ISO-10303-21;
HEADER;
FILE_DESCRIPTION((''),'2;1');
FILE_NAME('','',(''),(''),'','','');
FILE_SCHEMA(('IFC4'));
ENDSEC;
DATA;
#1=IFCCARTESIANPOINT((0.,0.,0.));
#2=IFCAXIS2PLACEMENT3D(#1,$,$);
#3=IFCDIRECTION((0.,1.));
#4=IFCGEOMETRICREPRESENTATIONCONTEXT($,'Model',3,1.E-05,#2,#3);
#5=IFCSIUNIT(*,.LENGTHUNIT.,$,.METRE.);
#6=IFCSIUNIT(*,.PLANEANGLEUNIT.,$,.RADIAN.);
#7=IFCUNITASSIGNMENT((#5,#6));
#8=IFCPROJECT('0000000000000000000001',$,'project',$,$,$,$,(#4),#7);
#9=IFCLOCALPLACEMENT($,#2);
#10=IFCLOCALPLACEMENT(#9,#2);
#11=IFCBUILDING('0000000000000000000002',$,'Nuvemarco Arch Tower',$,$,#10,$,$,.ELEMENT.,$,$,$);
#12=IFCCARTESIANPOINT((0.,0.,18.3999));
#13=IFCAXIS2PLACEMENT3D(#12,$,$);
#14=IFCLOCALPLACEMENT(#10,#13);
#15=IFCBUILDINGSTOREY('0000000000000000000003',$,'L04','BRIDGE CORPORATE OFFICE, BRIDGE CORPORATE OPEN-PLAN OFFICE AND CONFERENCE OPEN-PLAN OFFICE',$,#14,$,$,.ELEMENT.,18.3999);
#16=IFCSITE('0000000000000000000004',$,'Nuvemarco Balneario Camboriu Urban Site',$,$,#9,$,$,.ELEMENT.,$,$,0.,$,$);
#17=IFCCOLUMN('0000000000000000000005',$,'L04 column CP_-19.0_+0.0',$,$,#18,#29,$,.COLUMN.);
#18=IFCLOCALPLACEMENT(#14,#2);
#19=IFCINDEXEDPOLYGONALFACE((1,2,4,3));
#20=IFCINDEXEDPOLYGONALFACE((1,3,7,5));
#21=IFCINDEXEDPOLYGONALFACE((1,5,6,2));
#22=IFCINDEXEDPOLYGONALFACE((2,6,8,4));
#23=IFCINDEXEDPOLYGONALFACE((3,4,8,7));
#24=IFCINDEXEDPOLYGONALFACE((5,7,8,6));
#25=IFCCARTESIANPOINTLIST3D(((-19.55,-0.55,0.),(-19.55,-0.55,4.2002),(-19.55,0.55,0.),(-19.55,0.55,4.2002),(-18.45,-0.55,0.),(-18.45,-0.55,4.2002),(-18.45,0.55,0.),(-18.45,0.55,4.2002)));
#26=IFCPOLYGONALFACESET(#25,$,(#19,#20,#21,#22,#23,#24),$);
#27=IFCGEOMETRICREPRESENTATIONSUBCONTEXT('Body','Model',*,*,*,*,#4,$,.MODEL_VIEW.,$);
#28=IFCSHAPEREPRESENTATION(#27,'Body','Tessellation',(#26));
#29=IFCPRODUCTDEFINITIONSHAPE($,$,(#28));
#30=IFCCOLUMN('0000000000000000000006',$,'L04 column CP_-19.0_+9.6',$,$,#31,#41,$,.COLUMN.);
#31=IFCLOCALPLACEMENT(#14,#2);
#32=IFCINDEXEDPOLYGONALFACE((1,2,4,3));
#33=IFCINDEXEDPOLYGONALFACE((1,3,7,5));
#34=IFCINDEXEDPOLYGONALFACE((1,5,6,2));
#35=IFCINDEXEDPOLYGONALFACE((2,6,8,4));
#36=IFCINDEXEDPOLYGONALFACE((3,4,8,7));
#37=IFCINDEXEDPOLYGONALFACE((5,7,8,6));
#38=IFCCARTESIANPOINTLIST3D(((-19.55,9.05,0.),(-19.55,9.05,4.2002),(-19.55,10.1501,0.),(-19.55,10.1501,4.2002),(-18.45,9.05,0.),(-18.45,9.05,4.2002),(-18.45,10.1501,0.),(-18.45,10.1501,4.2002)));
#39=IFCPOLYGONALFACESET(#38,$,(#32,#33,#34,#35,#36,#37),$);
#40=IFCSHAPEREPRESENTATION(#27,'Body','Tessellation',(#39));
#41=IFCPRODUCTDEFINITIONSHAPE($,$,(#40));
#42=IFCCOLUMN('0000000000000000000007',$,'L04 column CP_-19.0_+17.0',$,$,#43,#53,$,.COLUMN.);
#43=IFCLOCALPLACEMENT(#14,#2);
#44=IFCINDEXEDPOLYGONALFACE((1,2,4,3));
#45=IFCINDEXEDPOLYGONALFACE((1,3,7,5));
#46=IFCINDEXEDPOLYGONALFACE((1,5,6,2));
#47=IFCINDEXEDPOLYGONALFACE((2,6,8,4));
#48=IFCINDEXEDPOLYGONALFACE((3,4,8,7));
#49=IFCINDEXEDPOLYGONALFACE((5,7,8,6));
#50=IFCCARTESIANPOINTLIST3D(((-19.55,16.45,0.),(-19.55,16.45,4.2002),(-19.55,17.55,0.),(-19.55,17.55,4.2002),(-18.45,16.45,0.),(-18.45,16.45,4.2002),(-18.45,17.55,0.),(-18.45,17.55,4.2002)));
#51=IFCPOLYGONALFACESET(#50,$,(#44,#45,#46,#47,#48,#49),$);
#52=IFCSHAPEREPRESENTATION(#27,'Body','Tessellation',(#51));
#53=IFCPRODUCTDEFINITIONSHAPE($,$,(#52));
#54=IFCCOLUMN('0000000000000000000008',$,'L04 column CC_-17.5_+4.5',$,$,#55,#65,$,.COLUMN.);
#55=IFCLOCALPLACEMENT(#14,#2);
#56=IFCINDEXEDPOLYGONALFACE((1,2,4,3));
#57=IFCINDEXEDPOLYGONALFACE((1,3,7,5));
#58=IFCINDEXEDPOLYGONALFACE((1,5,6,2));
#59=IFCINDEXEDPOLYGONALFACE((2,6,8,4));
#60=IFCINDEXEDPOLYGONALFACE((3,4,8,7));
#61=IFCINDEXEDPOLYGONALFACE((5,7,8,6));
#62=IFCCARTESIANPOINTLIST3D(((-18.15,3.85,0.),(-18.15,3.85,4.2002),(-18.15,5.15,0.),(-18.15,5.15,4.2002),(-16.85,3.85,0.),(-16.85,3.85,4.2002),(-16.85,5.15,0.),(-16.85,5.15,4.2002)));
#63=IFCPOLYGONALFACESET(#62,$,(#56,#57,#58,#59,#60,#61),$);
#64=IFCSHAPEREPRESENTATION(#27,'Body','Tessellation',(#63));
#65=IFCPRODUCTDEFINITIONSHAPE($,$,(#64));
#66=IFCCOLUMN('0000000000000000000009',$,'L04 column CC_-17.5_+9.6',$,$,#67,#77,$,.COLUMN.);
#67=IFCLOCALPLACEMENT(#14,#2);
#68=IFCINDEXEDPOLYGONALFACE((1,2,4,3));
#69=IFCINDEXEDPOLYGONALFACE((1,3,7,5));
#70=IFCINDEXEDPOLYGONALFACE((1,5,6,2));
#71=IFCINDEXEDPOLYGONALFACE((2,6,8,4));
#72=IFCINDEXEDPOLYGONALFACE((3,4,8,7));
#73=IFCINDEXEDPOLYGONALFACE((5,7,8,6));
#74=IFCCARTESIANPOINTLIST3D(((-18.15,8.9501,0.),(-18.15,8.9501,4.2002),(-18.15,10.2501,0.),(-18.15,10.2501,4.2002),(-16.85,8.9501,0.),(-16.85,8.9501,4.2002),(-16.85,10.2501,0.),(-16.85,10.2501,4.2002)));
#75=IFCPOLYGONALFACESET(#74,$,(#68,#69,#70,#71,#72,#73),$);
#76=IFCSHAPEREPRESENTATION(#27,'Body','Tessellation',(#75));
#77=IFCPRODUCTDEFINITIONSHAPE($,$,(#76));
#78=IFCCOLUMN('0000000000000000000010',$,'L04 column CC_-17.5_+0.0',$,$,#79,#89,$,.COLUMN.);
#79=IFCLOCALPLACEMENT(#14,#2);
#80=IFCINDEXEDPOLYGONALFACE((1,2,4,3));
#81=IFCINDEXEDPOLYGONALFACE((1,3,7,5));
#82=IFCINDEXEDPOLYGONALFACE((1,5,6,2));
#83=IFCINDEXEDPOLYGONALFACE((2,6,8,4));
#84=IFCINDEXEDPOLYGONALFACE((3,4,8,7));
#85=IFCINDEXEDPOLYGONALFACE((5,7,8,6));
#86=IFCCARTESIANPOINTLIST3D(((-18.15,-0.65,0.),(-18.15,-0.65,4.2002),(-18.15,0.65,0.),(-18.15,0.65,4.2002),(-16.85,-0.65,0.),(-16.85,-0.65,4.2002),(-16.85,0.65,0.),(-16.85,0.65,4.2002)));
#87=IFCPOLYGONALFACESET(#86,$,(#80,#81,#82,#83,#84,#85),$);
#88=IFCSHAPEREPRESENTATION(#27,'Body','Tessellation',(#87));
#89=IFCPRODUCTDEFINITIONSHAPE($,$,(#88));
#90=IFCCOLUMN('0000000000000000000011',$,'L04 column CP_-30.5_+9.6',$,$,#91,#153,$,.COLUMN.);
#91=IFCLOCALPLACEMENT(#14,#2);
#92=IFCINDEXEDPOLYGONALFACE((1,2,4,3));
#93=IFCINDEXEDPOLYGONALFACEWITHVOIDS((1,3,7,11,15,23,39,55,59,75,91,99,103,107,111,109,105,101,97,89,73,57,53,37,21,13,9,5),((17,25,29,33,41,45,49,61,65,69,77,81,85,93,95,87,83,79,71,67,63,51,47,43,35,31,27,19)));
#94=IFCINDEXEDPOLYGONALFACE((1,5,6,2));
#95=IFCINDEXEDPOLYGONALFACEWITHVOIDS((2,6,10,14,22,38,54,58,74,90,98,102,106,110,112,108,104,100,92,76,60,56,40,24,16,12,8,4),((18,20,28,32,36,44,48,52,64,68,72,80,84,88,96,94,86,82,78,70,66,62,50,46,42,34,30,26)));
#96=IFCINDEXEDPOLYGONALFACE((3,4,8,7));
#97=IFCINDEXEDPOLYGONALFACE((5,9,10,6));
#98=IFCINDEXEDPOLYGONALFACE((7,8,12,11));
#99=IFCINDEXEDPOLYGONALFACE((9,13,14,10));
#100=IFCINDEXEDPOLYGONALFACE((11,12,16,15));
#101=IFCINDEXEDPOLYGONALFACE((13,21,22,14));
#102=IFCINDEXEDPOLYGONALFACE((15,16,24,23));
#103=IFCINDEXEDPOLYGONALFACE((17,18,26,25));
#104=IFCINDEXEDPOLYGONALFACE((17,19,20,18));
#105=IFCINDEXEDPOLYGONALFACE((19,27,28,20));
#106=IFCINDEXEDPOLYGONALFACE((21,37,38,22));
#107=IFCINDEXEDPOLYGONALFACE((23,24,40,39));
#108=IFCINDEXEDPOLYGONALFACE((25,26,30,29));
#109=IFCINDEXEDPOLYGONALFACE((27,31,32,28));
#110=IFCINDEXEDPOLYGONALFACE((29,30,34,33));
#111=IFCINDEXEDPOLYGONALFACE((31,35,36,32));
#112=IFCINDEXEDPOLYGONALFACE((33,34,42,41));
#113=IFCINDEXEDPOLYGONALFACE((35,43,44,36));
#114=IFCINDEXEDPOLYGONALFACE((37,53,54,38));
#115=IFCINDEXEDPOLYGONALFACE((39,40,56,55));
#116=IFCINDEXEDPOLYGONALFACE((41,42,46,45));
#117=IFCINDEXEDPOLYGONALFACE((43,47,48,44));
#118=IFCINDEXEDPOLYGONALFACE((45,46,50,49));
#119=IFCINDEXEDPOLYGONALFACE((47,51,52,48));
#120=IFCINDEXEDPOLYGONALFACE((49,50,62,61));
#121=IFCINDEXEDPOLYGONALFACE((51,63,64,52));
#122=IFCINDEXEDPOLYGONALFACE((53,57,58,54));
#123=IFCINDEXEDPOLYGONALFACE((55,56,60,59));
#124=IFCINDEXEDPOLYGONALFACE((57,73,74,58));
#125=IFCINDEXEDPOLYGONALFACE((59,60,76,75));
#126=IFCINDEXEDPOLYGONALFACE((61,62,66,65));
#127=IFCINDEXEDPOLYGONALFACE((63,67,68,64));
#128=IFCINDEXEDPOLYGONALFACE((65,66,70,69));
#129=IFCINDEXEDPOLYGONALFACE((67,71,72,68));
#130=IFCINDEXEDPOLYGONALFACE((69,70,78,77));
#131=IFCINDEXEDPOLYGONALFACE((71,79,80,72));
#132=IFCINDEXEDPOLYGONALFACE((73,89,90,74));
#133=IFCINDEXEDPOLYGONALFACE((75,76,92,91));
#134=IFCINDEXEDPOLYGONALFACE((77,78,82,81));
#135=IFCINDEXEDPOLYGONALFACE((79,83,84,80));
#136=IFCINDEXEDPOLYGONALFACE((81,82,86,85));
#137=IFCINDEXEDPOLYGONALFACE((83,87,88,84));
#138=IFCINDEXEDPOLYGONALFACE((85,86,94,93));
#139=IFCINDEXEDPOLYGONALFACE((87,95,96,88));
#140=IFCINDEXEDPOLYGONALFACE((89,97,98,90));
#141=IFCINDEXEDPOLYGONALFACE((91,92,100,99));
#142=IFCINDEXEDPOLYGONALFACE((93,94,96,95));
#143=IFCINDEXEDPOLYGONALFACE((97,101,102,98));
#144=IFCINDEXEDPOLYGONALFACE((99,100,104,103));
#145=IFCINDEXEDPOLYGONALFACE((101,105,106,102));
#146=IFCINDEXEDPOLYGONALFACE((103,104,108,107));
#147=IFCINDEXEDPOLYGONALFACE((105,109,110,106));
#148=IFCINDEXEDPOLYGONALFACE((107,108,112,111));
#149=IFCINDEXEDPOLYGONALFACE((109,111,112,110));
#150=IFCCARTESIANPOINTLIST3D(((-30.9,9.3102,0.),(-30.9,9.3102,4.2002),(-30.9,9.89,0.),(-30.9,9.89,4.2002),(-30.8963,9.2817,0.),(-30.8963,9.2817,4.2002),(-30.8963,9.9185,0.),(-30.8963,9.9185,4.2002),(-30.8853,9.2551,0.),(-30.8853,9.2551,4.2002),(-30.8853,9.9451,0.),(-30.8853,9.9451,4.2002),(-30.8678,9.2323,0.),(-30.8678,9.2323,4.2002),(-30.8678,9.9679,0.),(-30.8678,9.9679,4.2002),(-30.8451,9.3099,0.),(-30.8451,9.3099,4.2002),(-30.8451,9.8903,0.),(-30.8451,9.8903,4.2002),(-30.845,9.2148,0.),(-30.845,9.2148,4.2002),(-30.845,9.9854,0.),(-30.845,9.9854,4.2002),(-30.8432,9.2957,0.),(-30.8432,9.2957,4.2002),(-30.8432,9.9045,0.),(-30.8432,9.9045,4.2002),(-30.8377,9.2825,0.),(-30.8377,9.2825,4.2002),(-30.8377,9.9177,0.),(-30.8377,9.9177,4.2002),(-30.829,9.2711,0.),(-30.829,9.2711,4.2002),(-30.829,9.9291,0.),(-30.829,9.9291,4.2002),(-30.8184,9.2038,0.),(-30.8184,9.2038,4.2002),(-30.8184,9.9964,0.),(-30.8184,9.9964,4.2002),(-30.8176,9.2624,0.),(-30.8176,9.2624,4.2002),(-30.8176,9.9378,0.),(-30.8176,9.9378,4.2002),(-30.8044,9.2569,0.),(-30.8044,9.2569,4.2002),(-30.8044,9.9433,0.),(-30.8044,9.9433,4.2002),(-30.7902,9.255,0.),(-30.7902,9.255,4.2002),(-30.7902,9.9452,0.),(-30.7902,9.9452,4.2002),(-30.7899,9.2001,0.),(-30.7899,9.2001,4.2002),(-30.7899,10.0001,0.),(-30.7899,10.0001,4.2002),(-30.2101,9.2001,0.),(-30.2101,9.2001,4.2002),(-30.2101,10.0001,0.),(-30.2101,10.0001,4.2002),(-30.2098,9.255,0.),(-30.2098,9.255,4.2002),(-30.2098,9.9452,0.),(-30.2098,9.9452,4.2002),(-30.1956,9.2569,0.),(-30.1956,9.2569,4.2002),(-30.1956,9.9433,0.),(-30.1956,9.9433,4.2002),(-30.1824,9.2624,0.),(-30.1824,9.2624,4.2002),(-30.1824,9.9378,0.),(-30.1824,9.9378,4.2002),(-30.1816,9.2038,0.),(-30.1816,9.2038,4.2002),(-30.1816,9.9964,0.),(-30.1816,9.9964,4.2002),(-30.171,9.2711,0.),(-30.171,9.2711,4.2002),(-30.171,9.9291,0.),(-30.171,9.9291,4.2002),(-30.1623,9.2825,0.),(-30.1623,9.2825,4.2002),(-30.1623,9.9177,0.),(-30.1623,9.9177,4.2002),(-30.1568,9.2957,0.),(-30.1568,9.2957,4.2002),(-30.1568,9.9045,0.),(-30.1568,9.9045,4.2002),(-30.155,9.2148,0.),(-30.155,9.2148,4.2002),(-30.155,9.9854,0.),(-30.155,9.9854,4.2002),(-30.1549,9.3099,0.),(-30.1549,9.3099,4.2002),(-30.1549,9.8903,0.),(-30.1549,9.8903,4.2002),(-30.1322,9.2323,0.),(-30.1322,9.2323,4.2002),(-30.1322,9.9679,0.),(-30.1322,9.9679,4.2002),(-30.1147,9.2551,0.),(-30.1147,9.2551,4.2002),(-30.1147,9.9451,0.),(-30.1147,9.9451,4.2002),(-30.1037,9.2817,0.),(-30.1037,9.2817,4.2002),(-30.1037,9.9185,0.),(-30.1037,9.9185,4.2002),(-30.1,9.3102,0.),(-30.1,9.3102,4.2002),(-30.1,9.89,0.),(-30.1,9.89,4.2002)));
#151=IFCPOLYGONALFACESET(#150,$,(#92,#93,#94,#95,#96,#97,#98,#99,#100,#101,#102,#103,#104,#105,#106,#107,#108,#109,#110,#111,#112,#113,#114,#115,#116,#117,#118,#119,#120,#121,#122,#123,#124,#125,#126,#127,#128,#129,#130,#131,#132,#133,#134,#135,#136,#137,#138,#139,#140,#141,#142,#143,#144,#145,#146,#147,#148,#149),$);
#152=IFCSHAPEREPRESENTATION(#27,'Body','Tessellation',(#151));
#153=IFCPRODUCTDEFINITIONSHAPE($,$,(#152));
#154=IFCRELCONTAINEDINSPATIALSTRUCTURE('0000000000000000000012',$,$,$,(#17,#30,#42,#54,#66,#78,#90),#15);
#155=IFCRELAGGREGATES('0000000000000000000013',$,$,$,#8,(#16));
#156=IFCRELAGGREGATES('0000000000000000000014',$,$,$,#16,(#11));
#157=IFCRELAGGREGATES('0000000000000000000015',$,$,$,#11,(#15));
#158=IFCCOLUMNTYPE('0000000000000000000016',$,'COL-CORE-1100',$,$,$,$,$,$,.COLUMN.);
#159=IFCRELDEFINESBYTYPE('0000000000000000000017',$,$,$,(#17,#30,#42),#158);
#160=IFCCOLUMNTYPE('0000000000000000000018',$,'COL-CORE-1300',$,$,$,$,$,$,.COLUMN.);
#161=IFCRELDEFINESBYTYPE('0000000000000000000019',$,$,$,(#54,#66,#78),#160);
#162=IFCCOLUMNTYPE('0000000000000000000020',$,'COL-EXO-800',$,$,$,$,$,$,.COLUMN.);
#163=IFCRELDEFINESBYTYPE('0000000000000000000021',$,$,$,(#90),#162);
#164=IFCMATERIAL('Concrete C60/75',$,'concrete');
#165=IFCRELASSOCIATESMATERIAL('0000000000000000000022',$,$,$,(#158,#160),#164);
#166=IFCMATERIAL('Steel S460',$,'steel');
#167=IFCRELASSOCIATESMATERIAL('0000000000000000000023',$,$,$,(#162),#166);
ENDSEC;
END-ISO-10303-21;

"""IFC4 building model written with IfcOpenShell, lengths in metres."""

from ifc_helpers import new_model, si_unit, direction, frame, origin, origin_2d, place, context, subcontext, project, spatial, rectangle, hollow_rectangle, extrude, material, material_profile, profile_set, type_object, element, save


model = new_model("IFC4")

# Units and contexts
model_context = context("Model", 3, precision=1e-05, world=origin(), true_north=direction((0.0, 1.0)))
body_context = subcontext(model_context, "Body", "Model", "MODEL_VIEW")
ifc_project = project(units=[si_unit("LENGTHUNIT", "METRE"), si_unit("PLANEANGLEUNIT", "RADIAN")], contexts=[model_context])

# Site, building, storey
site_placement = place(None, origin())
site = spatial("IfcSite", under=ifc_project, at=site_placement, Name="Nuvemarco Balneario Camboriu Urban Site", CompositionType="ELEMENT", RefElevation=0.0)
building_placement = place(site_placement, origin())
building = spatial("IfcBuilding", under=site, at=building_placement, Name="Nuvemarco Arch Tower", CompositionType="ELEMENT")
storey_placement = place(building_placement, frame((0.0, 0.0, 18.3999)))
storey = spatial("IfcBuildingStorey", under=building, at=storey_placement, Name="L04", Description="BRIDGE CORPORATE OFFICE, BRIDGE CORPORATE OPEN-PLAN OFFICE AND CONFERENCE OPEN-PLAN OFFICE", CompositionType="ELEMENT", Elevation=18.3999)

# Columns
ifc_material_1 = material(Name="Concrete C60/75", Category="concrete")
ifc_material_profile_1 = material_profile(ifc_material_1, rectangle(XDim=1.1001, YDim=1.1001, at=origin_2d()), Name="RC-COL-1100x1100")
ifc_profile_set_1 = profile_set([ifc_material_profile_1], Name="Concrete C60/75")
column_type_1 = type_object("IfcColumnType", Name="COL-CORE-1100", PredefinedType="COLUMN", material=ifc_profile_set_1)
for number, where, z_axis, x_axis, name in (
    (1, (-19.0, 0.0, 0.0), (0.0, 0.0, 1.0), (1.0, 0.0, 0.0), "L04 column CP_-19.0_+0.0"),
    (2, (-19.0, 9.6001, 0.0), (0.0, 0.0, 1.0), (1.0, 0.0, 0.0), "L04 column CP_-19.0_+9.6"),
    (3, (-19.0, 17.0, 0.0), (0.0, 0.0, 1.0), (1.0, 0.0, 0.0), "L04 column CP_-19.0_+17.0"),
):
    element("IfcColumn", number, at=place(storey_placement, frame(where, z_axis=z_axis, x_axis=x_axis)), inside=storey, type_object=column_type_1, Name=name, PredefinedType="COLUMN", context=body_context, shape_type="SweptSolid", body=[
        extrude(rectangle(XDim=1.1001, YDim=1.1001, at=origin_2d()), origin(), (0.0, 0.0, 1.0), 4.2002),
    ])
ifc_material_profile_2 = material_profile(ifc_material_1, rectangle(XDim=1.3, YDim=1.3, at=origin_2d()), Name="RC-COL-1300x1300")
ifc_profile_set_2 = profile_set([ifc_material_profile_2], Name="Concrete C60/75")
column_type_2 = type_object("IfcColumnType", Name="COL-CORE-1300", PredefinedType="COLUMN", material=ifc_profile_set_2)
for number, where, z_axis, x_axis, name in (
    (4, (-17.5, 4.5, 0.0), (0.0, 0.0, 1.0), (1.0, 0.0, 0.0), "L04 column CC_-17.5_+4.5"),
    (5, (-17.5, 9.6001, 0.0), (0.0, 0.0, 1.0), (1.0, 0.0, 0.0), "L04 column CC_-17.5_+9.6"),
    (6, (-17.5, 0.0, 0.0), (0.0, 0.0, 1.0), (1.0, 0.0, 0.0), "L04 column CC_-17.5_+0.0"),
):
    element("IfcColumn", number, at=place(storey_placement, frame(where, z_axis=z_axis, x_axis=x_axis)), inside=storey, type_object=column_type_2, Name=name, PredefinedType="COLUMN", context=body_context, shape_type="SweptSolid", body=[
        extrude(rectangle(XDim=1.3, YDim=1.3, at=origin_2d()), origin(), (0.0, 0.0, 1.0), 4.2002),
    ])
ifc_material_2 = material(Name="Steel S460", Category="steel")
ifc_material_profile_3 = material_profile(ifc_material_2, hollow_rectangle(XDim=0.8, YDim=0.8, WallThickness=0.0549, InnerFilletRadius=0.0549, OuterFilletRadius=0.1101, at=origin_2d()), Name="SHS800x800x55")
ifc_profile_set_3 = profile_set([ifc_material_profile_3], Name="Steel S460")
column_type_3 = type_object("IfcColumnType", Name="COL-EXO-800", PredefinedType="COLUMN", material=ifc_profile_set_3)
for number, where, z_axis, x_axis, name in (
    (7, (-30.5, 9.6001, 0.0), (0.0, 0.0, 1.0), (1.0, 0.0, 0.0), "L04 column CP_-30.5_+9.6"),
):
    element("IfcColumn", number, at=place(storey_placement, frame(where, z_axis=z_axis, x_axis=x_axis)), inside=storey, type_object=column_type_3, Name=name, PredefinedType="COLUMN", context=body_context, shape_type="SweptSolid", body=[
        extrude(hollow_rectangle(XDim=0.8, YDim=0.8, WallThickness=0.0549, InnerFilletRadius=0.0549, OuterFilletRadius=0.1101, at=origin_2d()), origin(), (0.0, 0.0, 1.0), 4.2002),
    ])

save(model, "model.ifc")
